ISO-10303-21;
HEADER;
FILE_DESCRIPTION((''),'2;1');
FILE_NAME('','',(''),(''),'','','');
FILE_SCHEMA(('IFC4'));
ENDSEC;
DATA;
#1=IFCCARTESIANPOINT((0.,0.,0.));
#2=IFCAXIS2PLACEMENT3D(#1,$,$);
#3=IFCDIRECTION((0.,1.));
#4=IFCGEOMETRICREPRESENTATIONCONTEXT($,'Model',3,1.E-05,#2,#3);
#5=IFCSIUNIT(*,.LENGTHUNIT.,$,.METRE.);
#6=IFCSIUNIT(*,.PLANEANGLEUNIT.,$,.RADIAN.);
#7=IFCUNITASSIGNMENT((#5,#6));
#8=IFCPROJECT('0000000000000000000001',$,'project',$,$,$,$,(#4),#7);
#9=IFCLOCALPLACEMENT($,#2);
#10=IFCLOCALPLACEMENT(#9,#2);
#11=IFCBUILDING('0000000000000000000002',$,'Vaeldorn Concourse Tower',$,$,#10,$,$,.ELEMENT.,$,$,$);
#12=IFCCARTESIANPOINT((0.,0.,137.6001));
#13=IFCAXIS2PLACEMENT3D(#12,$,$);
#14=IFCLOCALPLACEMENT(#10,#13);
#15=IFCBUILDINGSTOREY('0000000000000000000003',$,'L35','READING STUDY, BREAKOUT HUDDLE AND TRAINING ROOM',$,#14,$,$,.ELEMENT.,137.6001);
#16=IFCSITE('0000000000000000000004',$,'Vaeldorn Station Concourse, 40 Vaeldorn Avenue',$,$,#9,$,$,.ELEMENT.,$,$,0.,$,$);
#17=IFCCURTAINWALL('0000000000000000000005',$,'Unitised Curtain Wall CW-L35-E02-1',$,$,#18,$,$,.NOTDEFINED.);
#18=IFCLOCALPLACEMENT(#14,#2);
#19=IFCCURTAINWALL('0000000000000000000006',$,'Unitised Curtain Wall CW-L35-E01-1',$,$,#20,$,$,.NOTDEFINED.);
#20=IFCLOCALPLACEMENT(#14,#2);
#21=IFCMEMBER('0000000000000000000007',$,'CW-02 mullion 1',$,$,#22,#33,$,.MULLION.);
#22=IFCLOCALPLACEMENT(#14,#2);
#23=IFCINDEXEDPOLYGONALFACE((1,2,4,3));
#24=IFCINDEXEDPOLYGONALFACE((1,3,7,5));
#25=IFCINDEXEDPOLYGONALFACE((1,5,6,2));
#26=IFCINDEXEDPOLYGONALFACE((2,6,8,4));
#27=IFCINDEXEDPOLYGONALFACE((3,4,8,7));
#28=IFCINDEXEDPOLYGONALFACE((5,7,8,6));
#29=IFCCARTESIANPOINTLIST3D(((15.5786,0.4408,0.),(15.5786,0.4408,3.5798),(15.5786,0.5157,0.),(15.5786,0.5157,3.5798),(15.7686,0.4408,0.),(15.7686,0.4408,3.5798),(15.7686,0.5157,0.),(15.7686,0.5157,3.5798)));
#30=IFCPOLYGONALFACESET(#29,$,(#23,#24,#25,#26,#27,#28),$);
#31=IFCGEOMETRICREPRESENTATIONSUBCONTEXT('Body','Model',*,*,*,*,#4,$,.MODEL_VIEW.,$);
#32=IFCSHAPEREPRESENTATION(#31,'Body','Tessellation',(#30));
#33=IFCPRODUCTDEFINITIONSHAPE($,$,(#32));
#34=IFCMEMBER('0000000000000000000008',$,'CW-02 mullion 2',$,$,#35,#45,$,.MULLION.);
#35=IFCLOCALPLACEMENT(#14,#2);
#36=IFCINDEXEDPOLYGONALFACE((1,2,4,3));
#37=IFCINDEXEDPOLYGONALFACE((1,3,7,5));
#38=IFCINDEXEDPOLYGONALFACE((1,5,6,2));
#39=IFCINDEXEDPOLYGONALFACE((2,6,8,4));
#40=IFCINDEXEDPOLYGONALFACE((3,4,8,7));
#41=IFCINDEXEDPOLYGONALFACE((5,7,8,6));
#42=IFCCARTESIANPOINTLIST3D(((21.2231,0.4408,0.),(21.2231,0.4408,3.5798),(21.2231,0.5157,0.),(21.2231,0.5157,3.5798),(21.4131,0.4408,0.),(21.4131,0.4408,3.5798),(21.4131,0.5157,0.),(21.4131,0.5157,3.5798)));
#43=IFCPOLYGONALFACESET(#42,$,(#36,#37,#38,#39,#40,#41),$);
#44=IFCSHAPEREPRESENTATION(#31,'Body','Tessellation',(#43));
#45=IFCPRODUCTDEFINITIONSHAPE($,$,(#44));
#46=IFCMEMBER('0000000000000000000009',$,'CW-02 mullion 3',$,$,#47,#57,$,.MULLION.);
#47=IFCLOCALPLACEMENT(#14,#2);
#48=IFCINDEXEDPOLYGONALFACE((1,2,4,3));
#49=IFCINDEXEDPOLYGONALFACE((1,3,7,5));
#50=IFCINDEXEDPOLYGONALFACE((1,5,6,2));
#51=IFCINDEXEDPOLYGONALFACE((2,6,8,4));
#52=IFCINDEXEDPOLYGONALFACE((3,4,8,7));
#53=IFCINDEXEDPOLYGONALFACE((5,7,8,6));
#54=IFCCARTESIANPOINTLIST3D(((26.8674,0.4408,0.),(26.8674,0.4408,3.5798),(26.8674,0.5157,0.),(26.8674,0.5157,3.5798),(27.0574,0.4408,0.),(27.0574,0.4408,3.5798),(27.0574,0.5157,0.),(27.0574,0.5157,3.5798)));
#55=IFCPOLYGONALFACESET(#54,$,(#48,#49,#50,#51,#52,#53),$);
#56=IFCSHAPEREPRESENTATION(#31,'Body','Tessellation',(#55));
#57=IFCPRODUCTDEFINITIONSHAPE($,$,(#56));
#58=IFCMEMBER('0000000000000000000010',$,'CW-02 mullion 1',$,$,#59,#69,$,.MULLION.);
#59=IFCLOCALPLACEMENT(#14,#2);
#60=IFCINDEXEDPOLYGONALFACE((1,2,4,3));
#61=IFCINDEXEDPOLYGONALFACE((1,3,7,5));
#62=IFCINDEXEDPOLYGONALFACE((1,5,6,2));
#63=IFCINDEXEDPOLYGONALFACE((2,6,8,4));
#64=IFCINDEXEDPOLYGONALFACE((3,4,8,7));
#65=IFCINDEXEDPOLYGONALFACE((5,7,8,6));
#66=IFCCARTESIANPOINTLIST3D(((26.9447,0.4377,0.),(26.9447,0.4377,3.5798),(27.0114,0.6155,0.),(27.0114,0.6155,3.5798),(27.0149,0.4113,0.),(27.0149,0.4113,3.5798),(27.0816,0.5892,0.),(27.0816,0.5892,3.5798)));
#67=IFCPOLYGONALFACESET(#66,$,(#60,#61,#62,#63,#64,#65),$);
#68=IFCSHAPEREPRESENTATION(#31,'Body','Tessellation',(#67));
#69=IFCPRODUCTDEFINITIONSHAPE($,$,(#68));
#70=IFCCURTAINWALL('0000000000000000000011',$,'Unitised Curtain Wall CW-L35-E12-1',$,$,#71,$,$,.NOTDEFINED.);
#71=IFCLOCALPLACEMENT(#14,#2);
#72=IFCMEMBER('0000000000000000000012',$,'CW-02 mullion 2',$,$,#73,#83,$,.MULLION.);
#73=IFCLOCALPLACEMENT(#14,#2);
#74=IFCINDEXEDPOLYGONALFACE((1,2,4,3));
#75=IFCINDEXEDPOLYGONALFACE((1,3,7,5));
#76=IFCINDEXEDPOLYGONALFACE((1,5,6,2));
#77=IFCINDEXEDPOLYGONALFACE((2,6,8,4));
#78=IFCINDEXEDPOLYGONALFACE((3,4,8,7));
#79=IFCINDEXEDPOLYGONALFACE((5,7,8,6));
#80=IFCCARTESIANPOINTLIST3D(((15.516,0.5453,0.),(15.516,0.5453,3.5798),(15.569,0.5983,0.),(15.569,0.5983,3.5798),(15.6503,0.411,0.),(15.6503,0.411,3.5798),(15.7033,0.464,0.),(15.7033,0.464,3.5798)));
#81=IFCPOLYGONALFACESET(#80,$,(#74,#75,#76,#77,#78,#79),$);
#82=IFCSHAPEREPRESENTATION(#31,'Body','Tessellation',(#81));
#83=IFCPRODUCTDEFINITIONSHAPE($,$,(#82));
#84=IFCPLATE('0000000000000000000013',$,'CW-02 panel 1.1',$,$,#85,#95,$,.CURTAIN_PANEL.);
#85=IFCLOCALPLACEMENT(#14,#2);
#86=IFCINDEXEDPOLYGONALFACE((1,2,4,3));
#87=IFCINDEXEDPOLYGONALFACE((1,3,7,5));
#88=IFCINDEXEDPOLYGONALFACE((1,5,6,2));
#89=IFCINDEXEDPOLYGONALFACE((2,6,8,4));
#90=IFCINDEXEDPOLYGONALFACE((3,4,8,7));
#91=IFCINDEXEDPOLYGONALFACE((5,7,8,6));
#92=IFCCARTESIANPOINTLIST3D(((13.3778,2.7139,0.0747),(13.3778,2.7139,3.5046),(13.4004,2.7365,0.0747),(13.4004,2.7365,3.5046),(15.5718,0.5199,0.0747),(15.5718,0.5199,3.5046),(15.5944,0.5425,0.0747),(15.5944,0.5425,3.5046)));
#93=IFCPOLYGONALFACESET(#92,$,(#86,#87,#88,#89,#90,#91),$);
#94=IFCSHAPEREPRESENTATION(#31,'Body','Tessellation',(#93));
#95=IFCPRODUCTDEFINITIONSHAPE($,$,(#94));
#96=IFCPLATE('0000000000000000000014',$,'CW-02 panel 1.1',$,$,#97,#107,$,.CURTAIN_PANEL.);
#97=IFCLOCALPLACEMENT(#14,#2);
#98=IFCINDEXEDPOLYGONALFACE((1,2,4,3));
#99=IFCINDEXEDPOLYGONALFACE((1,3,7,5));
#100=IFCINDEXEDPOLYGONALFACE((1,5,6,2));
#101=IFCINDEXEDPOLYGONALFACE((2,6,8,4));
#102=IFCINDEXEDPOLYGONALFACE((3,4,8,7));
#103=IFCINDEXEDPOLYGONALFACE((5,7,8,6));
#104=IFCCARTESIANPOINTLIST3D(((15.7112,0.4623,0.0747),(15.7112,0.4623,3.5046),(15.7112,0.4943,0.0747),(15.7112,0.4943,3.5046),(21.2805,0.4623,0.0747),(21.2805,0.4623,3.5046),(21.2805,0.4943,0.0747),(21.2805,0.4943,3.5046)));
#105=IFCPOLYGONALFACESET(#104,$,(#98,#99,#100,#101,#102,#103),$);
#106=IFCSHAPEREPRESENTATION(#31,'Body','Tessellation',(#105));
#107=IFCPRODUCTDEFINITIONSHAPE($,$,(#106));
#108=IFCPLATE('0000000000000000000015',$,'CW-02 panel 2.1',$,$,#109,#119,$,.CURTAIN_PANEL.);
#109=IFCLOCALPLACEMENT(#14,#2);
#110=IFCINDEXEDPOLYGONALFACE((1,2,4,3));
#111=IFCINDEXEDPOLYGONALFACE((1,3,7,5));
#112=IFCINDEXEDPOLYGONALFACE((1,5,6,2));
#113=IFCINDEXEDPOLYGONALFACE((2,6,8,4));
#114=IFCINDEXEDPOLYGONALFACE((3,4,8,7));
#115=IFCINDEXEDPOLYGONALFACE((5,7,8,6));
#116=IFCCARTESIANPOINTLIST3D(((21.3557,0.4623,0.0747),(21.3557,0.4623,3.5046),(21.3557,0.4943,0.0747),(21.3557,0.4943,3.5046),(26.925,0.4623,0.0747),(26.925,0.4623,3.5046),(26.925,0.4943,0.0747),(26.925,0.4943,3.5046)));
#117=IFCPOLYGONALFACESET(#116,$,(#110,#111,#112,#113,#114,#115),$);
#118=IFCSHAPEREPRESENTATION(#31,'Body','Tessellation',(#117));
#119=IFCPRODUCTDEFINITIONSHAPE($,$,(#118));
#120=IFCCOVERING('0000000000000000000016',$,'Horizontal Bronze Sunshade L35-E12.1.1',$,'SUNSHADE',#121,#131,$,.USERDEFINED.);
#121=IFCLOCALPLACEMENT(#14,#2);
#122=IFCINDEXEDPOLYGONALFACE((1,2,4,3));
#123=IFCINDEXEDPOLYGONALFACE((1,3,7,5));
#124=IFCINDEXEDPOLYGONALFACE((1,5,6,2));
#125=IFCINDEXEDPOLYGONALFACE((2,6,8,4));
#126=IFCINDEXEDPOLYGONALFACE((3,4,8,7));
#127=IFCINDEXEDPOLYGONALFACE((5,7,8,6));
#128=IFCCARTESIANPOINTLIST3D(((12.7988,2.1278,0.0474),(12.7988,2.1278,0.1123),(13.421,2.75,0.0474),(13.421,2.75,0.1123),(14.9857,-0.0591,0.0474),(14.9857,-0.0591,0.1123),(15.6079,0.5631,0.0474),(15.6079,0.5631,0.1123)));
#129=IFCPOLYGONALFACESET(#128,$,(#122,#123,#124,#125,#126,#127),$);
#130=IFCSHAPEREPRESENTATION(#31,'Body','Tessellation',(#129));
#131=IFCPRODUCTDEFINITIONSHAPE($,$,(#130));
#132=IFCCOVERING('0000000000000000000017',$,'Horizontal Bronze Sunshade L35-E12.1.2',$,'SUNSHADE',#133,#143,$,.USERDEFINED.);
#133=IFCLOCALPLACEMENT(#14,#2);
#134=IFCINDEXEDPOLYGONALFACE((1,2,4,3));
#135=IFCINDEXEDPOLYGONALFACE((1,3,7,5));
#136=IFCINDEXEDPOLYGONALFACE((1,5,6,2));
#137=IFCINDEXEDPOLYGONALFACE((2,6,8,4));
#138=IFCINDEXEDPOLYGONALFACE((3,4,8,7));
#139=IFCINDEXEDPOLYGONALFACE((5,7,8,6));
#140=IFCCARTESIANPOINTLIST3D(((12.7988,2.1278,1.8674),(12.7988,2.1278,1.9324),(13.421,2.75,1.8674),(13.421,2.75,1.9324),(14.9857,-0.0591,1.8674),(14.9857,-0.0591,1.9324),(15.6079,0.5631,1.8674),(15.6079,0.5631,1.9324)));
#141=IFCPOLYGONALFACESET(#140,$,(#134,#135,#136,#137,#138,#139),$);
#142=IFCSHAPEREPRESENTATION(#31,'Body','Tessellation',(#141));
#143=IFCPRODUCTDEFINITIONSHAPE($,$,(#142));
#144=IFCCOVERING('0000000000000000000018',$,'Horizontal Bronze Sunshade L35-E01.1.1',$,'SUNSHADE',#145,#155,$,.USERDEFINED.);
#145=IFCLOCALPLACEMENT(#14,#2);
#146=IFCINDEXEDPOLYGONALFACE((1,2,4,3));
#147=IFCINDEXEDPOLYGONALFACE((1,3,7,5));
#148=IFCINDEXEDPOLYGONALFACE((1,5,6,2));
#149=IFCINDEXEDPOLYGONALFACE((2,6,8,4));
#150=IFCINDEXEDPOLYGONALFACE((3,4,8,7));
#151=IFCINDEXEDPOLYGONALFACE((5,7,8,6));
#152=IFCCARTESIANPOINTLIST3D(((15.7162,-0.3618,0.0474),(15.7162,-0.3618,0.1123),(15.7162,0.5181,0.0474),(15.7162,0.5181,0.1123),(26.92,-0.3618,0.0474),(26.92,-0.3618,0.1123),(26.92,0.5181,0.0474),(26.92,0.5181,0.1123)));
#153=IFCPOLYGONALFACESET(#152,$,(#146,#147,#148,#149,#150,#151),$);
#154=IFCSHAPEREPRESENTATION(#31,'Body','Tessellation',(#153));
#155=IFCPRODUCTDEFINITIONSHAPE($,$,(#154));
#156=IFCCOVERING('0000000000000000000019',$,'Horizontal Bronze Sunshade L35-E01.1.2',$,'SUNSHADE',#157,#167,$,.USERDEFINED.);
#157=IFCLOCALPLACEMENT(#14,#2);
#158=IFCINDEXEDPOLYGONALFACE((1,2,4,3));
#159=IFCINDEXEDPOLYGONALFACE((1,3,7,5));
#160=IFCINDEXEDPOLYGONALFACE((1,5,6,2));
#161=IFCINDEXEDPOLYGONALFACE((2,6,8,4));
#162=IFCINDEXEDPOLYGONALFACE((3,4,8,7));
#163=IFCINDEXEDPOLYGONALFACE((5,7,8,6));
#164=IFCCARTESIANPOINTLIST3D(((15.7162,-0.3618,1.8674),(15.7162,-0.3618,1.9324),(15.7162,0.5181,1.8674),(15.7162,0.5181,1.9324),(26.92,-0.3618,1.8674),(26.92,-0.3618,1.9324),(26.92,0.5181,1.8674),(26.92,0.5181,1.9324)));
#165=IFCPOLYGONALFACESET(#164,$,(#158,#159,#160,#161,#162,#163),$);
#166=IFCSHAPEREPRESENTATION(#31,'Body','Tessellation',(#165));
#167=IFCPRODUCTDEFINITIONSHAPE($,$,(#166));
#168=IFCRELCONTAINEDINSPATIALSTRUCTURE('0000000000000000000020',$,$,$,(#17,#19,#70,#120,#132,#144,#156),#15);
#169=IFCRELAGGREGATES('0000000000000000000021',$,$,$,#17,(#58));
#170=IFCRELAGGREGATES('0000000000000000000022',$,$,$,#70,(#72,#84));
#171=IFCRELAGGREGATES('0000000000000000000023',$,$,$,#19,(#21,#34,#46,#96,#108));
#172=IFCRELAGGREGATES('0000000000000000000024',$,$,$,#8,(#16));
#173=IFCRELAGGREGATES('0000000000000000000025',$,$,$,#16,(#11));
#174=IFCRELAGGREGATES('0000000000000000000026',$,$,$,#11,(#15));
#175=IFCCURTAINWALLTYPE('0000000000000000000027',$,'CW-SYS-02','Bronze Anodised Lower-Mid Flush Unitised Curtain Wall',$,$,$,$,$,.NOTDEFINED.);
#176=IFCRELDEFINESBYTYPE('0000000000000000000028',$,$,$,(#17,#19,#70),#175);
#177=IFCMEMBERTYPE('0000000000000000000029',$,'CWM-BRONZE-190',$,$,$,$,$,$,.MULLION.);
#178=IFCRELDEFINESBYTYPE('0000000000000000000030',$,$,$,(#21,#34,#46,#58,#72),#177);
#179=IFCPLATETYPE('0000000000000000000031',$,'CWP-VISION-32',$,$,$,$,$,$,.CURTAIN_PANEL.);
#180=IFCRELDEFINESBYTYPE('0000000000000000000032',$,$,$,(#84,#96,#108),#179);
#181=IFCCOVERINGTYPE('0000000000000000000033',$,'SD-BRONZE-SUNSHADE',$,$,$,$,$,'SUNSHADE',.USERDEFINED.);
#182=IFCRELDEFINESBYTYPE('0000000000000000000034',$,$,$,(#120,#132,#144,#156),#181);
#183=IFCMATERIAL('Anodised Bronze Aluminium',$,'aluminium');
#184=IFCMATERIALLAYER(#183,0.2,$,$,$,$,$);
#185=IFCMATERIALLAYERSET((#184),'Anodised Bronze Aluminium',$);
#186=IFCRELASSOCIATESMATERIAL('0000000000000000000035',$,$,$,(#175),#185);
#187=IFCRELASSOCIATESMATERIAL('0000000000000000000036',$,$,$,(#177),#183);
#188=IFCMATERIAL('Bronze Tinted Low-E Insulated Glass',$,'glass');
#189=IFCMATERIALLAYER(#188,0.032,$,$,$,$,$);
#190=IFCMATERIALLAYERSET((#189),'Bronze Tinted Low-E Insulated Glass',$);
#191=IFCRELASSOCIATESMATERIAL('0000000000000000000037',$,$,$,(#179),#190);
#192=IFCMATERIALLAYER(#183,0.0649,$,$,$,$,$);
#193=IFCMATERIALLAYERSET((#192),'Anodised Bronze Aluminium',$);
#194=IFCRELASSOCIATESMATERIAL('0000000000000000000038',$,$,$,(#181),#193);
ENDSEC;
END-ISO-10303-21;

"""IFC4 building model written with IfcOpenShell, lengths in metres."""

from ifc_helpers import new_model, si_unit, direction, frame, origin, origin_2d, place, context, subcontext, project, spatial, rectangle, extrude, source, transform, mapped, material, layer, layer_set, material_profile, profile_set, type_object, element, aggregate, save


model = new_model("IFC4")

# Units and contexts
model_context = context("Model", 3, precision=1e-05, world=origin(), true_north=direction((0.0, 1.0)))
body_context = subcontext(model_context, "Body", "Model", "MODEL_VIEW")
ifc_project = project(units=[si_unit("LENGTHUNIT", "METRE"), si_unit("PLANEANGLEUNIT", "RADIAN")], contexts=[model_context])

# Site, building, storey
site_placement = place(None, origin())
site = spatial("IfcSite", under=ifc_project, at=site_placement, Name="Vaeldorn Station Concourse, 40 Vaeldorn Avenue", CompositionType="ELEMENT", RefElevation=0.0)
building_placement = place(site_placement, origin())
building = spatial("IfcBuilding", under=site, at=building_placement, Name="Vaeldorn Concourse Tower", CompositionType="ELEMENT")
storey_placement = place(building_placement, frame((0.0, 0.0, 137.6001)))
storey = spatial("IfcBuildingStorey", under=building, at=storey_placement, Name="L35", Description="READING STUDY, BREAKOUT HUDDLE AND TRAINING ROOM", CompositionType="ELEMENT", Elevation=137.6001)

# Curtain walls, members
ifc_material_1 = material(Name="Anodised Bronze Aluminium", Category="aluminium")
ifc_layer_1 = layer(ifc_material_1, 0.2)
ifc_layer_set_1 = layer_set([ifc_layer_1], Name="Anodised Bronze Aluminium")
curtain_wall_type = type_object("IfcCurtainWallType", Name="CW-SYS-02", Description="Bronze Anodised Lower-Mid Flush Unitised Curtain Wall", PredefinedType="NOTDEFINED", material=ifc_layer_set_1)
curtain_wall_1_placement = place(storey_placement, origin())
curtain_wall_1 = element("IfcCurtainWall", 1, at=curtain_wall_1_placement, inside=storey, type_object=curtain_wall_type, Name="Unitised Curtain Wall CW-L35-E02-1", PredefinedType="NOTDEFINED")
curtain_wall_2_placement = place(storey_placement, origin())
curtain_wall_2 = element("IfcCurtainWall", 2, at=curtain_wall_2_placement, inside=storey, type_object=curtain_wall_type, Name="Unitised Curtain Wall CW-L35-E01-1", PredefinedType="NOTDEFINED")
ifc_material_profile_1 = material_profile(ifc_material_1, rectangle(XDim=0.075, YDim=0.1899, at=origin_2d()), Name="CWM 75x190")
ifc_profile_set_1 = profile_set([ifc_material_profile_1], Name="Anodised Bronze Aluminium")
member_type_1 = type_object("IfcMemberType", Name="CWM-BRONZE-190", PredefinedType="MULLION", material=ifc_profile_set_1)
shared_shape_1 = source(origin(), body_context, "Body", "SweptSolid", [
    extrude(rectangle(XDim=0.075, YDim=0.1899, at=origin_2d()), origin(), (0.0, 0.0, 1.0), 3.5798),
])
member_1_placement = place(storey_placement, frame((15.6736, 0.4783, 0.0), z_axis=(0.0, 0.0, 1.0), x_axis=(0.0, 1.0, 0.0)))
member_1 = element("IfcMember", 3, at=member_1_placement, type_object=member_type_1, Name="CW-02 mullion 1", PredefinedType="MULLION", context=body_context, shape_type="MappedRepresentation", body=[
    mapped(shared_shape_1, transform((0.0, 0.0, 0.0), scale=1.0)),
])
member_2_placement = place(storey_placement, frame((21.3181, 0.4783, 0.0), z_axis=(0.0, 0.0, 1.0), x_axis=(0.0, 1.0, 0.0)))
member_2 = element("IfcMember", 4, at=member_2_placement, type_object=member_type_1, Name="CW-02 mullion 2", PredefinedType="MULLION", context=body_context, shape_type="MappedRepresentation", body=[
    mapped(shared_shape_1, transform((0.0, 0.0, 0.0), scale=1.0)),
])
member_3_placement = place(storey_placement, frame((26.9624, 0.4783, 0.0), z_axis=(0.0, 0.0, 1.0), x_axis=(0.0, 1.0, 0.0)))
member_3 = element("IfcMember", 5, at=member_3_placement, type_object=member_type_1, Name="CW-02 mullion 3", PredefinedType="MULLION", context=body_context, shape_type="MappedRepresentation", body=[
    mapped(shared_shape_1, transform((0.0, 0.0, 0.0), scale=1.0)),
])

# Member
member_4_placement = place(storey_placement, frame((27.0132, 0.5134, 0.0), z_axis=(0.0, 0.0, 1.0), x_axis=(-0.936329, 0.351123, 0.0)))
member_4 = element("IfcMember", 6, at=member_4_placement, type_object=member_type_1, Name="CW-02 mullion 1", PredefinedType="MULLION", context=body_context, shape_type="MappedRepresentation", body=[
    mapped(shared_shape_1, transform((0.0, 0.0, 0.0), scale=1.0)),
])
aggregate(curtain_wall_1, [member_4])

# Curtain wall, member, plate
curtain_wall_3_placement = place(storey_placement, origin())
curtain_wall_3 = element("IfcCurtainWall", 7, at=curtain_wall_3_placement, inside=storey, type_object=curtain_wall_type, Name="Unitised Curtain Wall CW-L35-E12-1", PredefinedType="NOTDEFINED")
member_5_placement = place(storey_placement, frame((15.6096, 0.5046, 0.0), z_axis=(0.0, 0.0, 1.0), x_axis=(0.707107, 0.707107, 0.0)))
member_5 = element("IfcMember", 8, at=member_5_placement, type_object=member_type_1, Name="CW-02 mullion 2", PredefinedType="MULLION", context=body_context, shape_type="MappedRepresentation", body=[
    mapped(shared_shape_1, transform((0.0, 0.0, 0.0), scale=1.0)),
])
ifc_material_2 = material(Name="Bronze Tinted Low-E Insulated Glass", Category="glass")
ifc_layer_2 = layer(ifc_material_2, 0.032)
ifc_layer_set_2 = layer_set([ifc_layer_2], Name="Bronze Tinted Low-E Insulated Glass")
plate_type = type_object("IfcPlateType", Name="CWP-VISION-32", PredefinedType="CURTAIN_PANEL", material=ifc_layer_set_2)
shared_shape_2 = source(origin(), body_context, "Body", "SweptSolid", [
    extrude(rectangle(XDim=3.1028, YDim=0.032, at=origin_2d()), origin(), (0.0, 0.0, 1.0), 3.4299),
])
plate_1_placement = place(storey_placement, frame((14.4861, 1.6282, 0.0747), z_axis=(0.0, 0.0, 1.0), x_axis=(0.707107, -0.707107, 0.0)))
plate_1 = element("IfcPlate", 9, at=plate_1_placement, type_object=plate_type, Name="CW-02 panel 1.1", PredefinedType="CURTAIN_PANEL", context=body_context, shape_type="MappedRepresentation", body=[
    mapped(shared_shape_2, transform((0.0, 0.0, 0.0), scale=1.0)),
])
aggregate(curtain_wall_3, [member_5, plate_1])

# Plates
shared_shape_3 = source(origin(), body_context, "Body", "SweptSolid", [
    extrude(rectangle(XDim=5.5693, YDim=0.032, at=origin_2d()), origin(), (0.0, 0.0, 1.0), 3.4299),
])
plate_2_placement = place(storey_placement, frame((18.4958, 0.4783, 0.0747), z_axis=(0.0, 0.0, 1.0), x_axis=(1.0, 0.0, 0.0)))
plate_2 = element("IfcPlate", 10, at=plate_2_placement, type_object=plate_type, Name="CW-02 panel 1.1", PredefinedType="CURTAIN_PANEL", context=body_context, shape_type="MappedRepresentation", body=[
    mapped(shared_shape_3, transform((0.0, 0.0, 0.0), scale=1.0)),
])
plate_3_placement = place(storey_placement, frame((24.1404, 0.4783, 0.0747), z_axis=(0.0, 0.0, 1.0), x_axis=(1.0, 0.0, 0.0)))
plate_3 = element("IfcPlate", 11, at=plate_3_placement, type_object=plate_type, Name="CW-02 panel 2.1", PredefinedType="CURTAIN_PANEL", context=body_context, shape_type="MappedRepresentation", body=[
    mapped(shared_shape_3, transform((0.0, 0.0, 0.0), scale=1.0)),
])
aggregate(curtain_wall_2, [member_1, member_2, member_3, plate_2, plate_3])

# Coverings
ifc_layer_3 = layer(ifc_material_1, 0.0649)
ifc_layer_set_3 = layer_set([ifc_layer_3], Name="Anodised Bronze Aluminium")
covering_type = type_object("IfcCoveringType", Name="SD-BRONZE-SUNSHADE", ElementType="SUNSHADE", PredefinedType="USERDEFINED", material=ifc_layer_set_3)
shared_shape_4 = source(origin(), body_context, "Body", "SweptSolid", [
    extrude(rectangle(XDim=3.0928, YDim=0.8799, at=origin_2d()), origin(), (0.0, 0.0, 1.0), 0.0649),
])
for number, where, z_axis, x_axis, name in (
    (12, (14.2034, 1.3455, 0.0474), (0.0, 0.0, 1.0), (0.707107, -0.707107, 0.0), "Horizontal Bronze Sunshade L35-E12.1.1"),
    (13, (14.2034, 1.3455, 1.8674), (0.0, 0.0, 1.0), (0.707107, -0.707107, 0.0), "Horizontal Bronze Sunshade L35-E12.1.2"),
):
    element("IfcCovering", number, at=place(storey_placement, frame(where, z_axis=z_axis, x_axis=x_axis)), inside=storey, type_object=covering_type, Name=name, ObjectType="SUNSHADE", PredefinedType="USERDEFINED", context=body_context, shape_type="MappedRepresentation", body=[
        mapped(shared_shape_4, transform((0.0, 0.0, 0.0), scale=1.0)),
    ])
shared_shape_5 = source(origin(), body_context, "Body", "SweptSolid", [
    extrude(rectangle(XDim=11.2039, YDim=0.8799, at=origin_2d()), origin(), (0.0, 0.0, 1.0), 0.0649),
])
for number, where, z_axis, x_axis, name in (
    (14, (21.3181, 0.0781, 0.0474), (0.0, 0.0, 1.0), (1.0, 0.0, 0.0), "Horizontal Bronze Sunshade L35-E01.1.1"),
    (15, (21.3181, 0.0781, 1.8674), (0.0, 0.0, 1.0), (1.0, 0.0, 0.0), "Horizontal Bronze Sunshade L35-E01.1.2"),
):
    element("IfcCovering", number, at=place(storey_placement, frame(where, z_axis=z_axis, x_axis=x_axis)), inside=storey, type_object=covering_type, Name=name, ObjectType="SUNSHADE", PredefinedType="USERDEFINED", context=body_context, shape_type="MappedRepresentation", body=[
        mapped(shared_shape_5, transform((0.0, 0.0, 0.0), scale=1.0)),
    ])

save(model, "model.ifc")
